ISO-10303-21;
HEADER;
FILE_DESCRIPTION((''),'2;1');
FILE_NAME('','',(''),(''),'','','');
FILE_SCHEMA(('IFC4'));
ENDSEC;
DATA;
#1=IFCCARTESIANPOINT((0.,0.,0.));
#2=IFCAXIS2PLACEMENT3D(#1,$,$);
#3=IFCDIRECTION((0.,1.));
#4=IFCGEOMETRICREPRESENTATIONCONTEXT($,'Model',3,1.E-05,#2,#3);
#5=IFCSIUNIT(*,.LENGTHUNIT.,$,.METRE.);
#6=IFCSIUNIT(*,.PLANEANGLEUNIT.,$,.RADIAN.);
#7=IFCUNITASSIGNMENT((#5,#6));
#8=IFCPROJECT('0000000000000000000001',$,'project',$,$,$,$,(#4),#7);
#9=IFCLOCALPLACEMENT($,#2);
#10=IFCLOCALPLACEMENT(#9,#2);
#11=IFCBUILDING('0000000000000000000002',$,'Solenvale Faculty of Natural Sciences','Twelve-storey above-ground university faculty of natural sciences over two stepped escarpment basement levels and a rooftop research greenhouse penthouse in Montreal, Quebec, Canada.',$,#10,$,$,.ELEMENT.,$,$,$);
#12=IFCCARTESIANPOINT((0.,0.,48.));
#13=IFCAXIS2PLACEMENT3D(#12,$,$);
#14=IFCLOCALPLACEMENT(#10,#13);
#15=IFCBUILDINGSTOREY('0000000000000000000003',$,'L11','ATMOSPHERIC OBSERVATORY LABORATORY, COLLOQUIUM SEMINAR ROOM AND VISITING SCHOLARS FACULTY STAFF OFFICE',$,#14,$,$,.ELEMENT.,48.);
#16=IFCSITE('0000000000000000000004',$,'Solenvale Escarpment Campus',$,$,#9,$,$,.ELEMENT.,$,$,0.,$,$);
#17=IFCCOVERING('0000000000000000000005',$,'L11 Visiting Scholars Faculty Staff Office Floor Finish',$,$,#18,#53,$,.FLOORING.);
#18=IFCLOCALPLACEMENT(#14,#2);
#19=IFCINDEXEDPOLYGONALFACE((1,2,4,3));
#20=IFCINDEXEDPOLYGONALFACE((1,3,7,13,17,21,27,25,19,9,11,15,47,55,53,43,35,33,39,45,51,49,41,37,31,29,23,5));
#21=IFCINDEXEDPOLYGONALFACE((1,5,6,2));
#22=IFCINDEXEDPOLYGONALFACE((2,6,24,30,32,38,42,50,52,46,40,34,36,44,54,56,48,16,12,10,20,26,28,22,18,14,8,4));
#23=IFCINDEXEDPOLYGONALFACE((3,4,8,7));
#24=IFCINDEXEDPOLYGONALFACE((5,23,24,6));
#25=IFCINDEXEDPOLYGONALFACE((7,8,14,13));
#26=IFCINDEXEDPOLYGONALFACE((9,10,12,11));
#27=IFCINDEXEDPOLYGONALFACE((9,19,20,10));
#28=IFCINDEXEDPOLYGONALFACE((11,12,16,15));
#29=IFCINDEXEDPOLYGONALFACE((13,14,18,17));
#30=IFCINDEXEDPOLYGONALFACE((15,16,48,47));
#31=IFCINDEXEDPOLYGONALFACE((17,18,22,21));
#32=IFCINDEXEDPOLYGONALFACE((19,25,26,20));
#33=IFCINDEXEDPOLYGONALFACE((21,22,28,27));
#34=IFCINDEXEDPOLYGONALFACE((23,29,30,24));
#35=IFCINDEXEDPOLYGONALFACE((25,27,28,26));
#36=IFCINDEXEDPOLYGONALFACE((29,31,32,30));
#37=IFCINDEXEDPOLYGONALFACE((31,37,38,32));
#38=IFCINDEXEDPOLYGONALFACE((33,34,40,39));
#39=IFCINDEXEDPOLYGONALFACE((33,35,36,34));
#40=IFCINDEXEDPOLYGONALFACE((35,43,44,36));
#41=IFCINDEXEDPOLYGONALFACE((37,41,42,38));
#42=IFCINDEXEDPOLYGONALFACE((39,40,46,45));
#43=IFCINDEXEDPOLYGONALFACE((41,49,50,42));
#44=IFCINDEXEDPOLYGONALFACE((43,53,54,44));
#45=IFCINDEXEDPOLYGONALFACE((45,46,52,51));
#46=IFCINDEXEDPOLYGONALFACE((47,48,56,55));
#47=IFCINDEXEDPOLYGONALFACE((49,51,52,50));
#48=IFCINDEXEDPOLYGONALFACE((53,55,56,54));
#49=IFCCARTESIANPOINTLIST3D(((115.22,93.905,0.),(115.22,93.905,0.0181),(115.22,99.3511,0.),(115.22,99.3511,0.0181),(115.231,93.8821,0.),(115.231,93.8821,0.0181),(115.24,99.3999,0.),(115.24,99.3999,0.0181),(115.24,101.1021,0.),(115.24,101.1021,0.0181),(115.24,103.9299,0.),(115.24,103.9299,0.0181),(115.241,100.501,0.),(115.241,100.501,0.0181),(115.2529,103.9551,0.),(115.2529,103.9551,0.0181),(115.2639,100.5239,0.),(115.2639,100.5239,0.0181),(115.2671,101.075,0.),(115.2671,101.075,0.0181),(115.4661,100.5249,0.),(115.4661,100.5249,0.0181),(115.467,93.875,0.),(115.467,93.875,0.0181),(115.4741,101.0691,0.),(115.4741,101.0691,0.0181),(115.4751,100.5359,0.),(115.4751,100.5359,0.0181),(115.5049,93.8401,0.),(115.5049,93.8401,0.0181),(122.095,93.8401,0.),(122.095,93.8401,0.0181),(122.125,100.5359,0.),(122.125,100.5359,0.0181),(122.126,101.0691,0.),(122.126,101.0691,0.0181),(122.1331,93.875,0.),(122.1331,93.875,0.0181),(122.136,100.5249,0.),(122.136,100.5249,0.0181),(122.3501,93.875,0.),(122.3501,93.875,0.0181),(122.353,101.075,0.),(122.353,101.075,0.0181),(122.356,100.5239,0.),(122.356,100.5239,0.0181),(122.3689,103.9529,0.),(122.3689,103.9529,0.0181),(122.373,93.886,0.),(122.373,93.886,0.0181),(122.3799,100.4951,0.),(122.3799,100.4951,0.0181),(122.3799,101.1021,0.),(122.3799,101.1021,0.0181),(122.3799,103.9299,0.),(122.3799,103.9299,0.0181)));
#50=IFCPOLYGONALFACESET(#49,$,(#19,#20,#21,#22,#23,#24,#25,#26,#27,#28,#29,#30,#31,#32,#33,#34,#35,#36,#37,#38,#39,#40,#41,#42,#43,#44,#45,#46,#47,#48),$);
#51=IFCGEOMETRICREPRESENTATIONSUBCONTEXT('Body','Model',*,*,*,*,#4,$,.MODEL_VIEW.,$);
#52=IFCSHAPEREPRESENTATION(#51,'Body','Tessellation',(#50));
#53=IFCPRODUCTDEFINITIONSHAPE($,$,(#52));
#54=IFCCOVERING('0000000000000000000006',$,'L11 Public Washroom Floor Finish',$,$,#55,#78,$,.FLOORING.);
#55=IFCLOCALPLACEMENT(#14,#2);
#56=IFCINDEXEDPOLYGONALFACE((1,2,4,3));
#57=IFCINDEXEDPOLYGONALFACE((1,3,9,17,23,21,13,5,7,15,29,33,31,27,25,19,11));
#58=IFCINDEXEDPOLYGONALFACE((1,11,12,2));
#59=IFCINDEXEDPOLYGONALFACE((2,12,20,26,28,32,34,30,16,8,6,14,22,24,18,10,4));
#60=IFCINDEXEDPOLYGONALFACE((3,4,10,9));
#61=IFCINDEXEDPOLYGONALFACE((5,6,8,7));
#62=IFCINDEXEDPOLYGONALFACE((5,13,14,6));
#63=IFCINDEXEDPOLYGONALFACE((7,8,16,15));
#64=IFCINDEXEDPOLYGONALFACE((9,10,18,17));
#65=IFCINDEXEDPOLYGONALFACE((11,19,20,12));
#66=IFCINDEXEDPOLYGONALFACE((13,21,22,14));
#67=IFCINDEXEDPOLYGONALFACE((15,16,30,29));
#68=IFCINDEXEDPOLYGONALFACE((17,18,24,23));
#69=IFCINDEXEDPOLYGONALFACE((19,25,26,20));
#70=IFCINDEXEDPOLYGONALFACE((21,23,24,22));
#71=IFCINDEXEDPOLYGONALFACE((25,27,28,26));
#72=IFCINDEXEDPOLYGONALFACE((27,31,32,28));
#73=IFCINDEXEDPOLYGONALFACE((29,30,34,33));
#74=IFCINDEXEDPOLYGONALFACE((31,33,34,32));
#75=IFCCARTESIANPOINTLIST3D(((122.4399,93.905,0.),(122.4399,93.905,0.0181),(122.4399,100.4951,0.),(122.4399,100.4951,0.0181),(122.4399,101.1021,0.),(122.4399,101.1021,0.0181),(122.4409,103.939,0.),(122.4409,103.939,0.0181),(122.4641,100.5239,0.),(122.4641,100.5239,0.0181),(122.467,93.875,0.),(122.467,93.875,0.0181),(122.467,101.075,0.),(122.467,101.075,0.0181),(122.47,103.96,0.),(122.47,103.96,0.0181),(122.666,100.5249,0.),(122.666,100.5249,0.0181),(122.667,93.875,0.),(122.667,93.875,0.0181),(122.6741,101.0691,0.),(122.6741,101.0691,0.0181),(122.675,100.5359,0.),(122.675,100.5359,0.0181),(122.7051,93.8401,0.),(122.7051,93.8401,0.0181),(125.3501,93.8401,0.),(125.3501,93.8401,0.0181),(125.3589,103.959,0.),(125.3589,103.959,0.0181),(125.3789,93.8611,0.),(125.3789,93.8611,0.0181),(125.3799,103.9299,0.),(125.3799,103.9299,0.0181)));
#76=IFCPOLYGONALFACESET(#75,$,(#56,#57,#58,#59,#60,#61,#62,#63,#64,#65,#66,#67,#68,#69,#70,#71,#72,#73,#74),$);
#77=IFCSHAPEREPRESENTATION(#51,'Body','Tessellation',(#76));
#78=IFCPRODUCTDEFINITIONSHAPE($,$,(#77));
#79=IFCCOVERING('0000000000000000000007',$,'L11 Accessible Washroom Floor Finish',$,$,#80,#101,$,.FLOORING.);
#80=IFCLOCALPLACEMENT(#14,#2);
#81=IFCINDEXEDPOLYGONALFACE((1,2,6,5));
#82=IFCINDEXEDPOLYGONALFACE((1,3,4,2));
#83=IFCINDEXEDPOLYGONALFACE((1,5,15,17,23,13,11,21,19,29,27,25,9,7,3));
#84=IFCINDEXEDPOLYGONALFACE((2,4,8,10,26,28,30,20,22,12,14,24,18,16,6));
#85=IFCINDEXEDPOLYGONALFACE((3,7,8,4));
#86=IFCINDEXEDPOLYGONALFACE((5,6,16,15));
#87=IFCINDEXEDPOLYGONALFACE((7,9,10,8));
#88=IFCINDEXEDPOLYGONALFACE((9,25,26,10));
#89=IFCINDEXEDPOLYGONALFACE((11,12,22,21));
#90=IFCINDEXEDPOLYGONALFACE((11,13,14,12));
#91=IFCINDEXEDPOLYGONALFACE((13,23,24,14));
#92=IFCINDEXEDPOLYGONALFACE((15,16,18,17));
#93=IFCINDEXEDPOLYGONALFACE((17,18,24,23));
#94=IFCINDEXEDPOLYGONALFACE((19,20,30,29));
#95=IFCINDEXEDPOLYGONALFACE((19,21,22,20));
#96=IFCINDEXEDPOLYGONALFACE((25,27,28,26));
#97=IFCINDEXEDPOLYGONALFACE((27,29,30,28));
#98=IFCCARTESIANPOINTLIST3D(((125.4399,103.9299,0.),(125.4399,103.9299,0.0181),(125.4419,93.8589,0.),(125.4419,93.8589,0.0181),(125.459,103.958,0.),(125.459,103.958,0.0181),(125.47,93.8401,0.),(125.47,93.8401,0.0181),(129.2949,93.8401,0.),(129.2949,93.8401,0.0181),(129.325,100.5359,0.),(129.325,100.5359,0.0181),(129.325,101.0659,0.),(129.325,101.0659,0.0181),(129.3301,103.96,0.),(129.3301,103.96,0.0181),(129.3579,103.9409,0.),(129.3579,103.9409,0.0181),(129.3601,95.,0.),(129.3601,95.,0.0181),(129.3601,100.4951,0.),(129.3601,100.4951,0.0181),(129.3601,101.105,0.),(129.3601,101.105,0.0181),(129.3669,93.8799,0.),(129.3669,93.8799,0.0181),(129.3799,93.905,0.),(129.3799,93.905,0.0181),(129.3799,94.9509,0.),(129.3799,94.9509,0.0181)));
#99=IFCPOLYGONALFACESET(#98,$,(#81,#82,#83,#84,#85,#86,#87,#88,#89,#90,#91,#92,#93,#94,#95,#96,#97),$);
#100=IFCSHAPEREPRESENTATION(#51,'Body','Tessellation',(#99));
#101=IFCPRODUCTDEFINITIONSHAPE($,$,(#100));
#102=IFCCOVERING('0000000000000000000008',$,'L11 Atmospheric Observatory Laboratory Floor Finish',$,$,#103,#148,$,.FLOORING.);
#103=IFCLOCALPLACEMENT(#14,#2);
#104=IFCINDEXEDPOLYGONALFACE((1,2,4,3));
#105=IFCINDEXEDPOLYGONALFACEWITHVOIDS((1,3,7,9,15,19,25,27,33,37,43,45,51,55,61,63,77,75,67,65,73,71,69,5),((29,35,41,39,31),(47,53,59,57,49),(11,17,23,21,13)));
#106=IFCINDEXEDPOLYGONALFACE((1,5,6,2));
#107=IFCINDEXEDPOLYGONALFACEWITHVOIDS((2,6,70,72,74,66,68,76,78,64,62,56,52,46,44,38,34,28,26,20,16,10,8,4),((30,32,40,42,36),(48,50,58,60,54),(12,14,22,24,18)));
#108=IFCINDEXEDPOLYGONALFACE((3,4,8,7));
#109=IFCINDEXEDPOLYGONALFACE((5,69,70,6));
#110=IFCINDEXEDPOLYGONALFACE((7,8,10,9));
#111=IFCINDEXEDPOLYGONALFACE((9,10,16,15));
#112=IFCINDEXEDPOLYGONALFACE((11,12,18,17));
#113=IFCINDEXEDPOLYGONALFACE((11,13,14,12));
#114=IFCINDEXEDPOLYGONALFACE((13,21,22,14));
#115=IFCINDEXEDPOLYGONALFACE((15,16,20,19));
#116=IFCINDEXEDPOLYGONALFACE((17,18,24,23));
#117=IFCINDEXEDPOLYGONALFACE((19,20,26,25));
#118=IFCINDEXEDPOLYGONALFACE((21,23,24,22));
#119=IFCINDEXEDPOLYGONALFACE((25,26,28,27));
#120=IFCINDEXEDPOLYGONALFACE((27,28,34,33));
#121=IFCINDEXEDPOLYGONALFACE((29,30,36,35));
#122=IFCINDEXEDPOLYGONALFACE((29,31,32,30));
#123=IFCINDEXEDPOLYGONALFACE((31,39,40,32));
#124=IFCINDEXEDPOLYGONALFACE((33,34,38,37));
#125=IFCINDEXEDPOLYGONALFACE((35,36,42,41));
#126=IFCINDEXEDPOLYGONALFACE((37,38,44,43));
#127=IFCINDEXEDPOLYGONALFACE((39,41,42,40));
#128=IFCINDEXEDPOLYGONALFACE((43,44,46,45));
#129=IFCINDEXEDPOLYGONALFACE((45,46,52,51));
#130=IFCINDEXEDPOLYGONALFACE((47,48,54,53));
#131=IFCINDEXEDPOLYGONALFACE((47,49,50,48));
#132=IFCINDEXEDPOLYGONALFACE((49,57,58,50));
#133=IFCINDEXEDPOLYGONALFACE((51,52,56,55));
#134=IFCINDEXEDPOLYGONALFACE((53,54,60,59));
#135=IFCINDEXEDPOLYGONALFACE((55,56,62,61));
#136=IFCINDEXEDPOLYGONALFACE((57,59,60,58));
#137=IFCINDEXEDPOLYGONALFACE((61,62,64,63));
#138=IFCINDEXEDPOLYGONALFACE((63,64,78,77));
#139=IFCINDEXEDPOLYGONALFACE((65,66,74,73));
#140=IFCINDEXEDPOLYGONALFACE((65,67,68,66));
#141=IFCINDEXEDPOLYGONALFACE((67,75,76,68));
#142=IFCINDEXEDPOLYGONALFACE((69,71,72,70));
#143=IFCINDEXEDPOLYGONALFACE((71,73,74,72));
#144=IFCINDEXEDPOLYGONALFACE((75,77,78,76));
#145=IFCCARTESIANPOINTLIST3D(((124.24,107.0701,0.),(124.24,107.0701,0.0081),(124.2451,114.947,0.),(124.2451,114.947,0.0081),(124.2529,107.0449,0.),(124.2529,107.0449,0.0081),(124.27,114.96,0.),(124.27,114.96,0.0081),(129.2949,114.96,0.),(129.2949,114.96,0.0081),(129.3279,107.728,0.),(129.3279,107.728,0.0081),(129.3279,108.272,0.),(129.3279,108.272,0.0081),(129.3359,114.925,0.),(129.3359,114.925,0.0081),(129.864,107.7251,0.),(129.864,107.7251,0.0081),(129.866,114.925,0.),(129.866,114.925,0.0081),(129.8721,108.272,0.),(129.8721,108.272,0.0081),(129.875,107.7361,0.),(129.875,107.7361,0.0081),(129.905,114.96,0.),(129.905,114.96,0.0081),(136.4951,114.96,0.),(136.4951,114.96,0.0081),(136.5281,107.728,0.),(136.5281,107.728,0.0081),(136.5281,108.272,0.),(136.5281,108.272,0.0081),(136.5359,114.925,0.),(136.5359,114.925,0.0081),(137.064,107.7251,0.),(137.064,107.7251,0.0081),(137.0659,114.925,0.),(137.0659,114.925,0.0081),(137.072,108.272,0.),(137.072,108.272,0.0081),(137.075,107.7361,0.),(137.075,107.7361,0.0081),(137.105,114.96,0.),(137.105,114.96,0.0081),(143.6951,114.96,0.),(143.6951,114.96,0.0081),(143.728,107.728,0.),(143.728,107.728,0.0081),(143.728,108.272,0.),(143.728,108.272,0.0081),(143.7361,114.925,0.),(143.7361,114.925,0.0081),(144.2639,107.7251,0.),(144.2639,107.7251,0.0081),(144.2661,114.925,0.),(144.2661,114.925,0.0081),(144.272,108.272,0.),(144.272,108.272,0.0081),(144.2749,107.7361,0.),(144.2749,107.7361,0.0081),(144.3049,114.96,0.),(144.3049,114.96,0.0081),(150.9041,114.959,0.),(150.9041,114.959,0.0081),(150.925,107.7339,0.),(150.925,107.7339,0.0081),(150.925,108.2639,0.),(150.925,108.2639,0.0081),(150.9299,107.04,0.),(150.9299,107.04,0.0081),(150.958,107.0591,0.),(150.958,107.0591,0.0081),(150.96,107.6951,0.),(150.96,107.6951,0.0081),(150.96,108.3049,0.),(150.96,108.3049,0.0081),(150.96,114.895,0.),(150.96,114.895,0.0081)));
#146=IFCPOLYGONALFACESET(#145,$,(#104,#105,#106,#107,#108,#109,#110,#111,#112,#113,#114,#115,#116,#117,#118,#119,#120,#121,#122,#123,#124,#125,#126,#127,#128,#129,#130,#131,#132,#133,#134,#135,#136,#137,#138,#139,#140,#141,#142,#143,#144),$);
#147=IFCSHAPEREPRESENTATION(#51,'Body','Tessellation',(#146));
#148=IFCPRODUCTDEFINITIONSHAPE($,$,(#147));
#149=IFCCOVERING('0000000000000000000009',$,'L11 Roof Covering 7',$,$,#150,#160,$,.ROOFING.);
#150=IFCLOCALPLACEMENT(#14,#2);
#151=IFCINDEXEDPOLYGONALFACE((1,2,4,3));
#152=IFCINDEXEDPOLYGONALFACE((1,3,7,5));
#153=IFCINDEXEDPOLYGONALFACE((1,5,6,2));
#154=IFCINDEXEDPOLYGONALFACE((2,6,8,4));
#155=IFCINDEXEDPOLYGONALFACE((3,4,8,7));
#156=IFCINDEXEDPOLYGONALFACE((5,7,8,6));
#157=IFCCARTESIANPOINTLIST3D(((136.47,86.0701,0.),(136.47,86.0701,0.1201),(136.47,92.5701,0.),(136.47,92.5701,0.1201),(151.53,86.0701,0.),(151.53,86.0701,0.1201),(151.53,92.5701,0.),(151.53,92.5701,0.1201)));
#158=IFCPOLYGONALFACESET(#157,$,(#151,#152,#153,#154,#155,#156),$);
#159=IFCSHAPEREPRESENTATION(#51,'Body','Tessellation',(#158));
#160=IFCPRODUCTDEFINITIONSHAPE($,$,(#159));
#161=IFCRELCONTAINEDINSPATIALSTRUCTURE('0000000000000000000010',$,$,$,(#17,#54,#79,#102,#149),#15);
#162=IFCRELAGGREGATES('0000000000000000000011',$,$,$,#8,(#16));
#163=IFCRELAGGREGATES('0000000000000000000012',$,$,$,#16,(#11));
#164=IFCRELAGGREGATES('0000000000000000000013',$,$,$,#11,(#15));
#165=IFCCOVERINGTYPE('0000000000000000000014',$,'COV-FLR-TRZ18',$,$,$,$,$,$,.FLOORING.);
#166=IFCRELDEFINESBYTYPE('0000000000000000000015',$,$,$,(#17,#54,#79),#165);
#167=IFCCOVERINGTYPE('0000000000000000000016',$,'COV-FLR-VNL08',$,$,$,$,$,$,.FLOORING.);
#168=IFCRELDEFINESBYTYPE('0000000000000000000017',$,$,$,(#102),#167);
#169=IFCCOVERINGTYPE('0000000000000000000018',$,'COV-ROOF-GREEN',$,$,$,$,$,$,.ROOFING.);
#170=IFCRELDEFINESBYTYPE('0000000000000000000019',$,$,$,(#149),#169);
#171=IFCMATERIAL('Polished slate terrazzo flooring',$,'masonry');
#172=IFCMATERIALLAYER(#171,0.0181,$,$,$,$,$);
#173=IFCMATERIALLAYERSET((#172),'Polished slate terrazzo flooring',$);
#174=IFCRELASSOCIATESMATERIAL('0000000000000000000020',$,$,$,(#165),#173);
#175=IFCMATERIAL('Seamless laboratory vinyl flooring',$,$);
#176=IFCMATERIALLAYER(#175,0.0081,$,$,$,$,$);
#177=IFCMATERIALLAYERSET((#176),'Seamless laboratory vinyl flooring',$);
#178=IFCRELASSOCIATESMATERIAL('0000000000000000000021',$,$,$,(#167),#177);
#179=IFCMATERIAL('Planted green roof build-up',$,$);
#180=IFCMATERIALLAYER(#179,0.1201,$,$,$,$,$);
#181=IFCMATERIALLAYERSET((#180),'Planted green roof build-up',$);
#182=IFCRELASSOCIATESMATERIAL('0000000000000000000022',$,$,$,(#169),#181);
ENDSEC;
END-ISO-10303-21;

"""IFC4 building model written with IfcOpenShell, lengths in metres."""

from ifc_helpers import new_model, si_unit, direction, frame, origin, place, context, subcontext, project, spatial, polyline, outline, extrude, material, layer, layer_set, type_object, element, save


model = new_model("IFC4")

# Units and contexts
model_context = context("Model", 3, precision=1e-05, world=origin(), true_north=direction((0.0, 1.0)))
body_context = subcontext(model_context, "Body", "Model", "MODEL_VIEW")
ifc_project = project(units=[si_unit("LENGTHUNIT", "METRE"), si_unit("PLANEANGLEUNIT", "RADIAN")], contexts=[model_context])

# Site, building, storey
site_placement = place(None, origin())
site = spatial("IfcSite", under=ifc_project, at=site_placement, Name="Solenvale Escarpment Campus", CompositionType="ELEMENT", RefElevation=0.0)
building_placement = place(site_placement, origin())
building = spatial("IfcBuilding", under=site, at=building_placement, Name="Solenvale Faculty of Natural Sciences", Description="Twelve-storey above-ground university faculty of natural sciences over two stepped escarpment basement levels and a rooftop research greenhouse penthouse in Montreal, Quebec, Canada.", CompositionType="ELEMENT")
storey_placement = place(building_placement, frame((0.0, 0.0, 48.0)))
storey = spatial("IfcBuildingStorey", under=building, at=storey_placement, Name="L11", Description="ATMOSPHERIC OBSERVATORY LABORATORY, COLLOQUIUM SEMINAR ROOM AND VISITING SCHOLARS FACULTY STAFF OFFICE", CompositionType="ELEMENT", Elevation=48.0)

# Coverings
ifc_material_1 = material(Name="Polished slate terrazzo flooring", Category="masonry")
ifc_layer_1 = layer(ifc_material_1, 0.0181)
ifc_layer_set_1 = layer_set([ifc_layer_1], Name="Polished slate terrazzo flooring")
covering_type_1 = type_object("IfcCoveringType", Name="COV-FLR-TRZ18", PredefinedType="FLOORING", material=ifc_layer_set_1)
covering_1_placement = place(storey_placement, origin())
element("IfcCovering", 1, at=covering_1_placement, inside=storey, type_object=covering_type_1, Name="L11 Visiting Scholars Faculty Staff Office Floor Finish", PredefinedType="FLOORING", context=body_context, shape_type="SweptSolid", body=[
    extrude(outline(polyline([(115.22, 99.3511), (115.24, 99.3999), (115.241, 100.501), (115.2639, 100.5239), (115.4661, 100.5249), (115.4751, 100.5359), (115.4741, 101.0691), (115.2671, 101.075), (115.24, 101.1021), (115.24, 103.9299), (115.2529, 103.9551), (122.3689, 103.9529), (122.3799, 103.9299), (122.3799, 101.1021), (122.353, 101.075), (122.126, 101.0691), (122.125, 100.5359), (122.136, 100.5249), (122.356, 100.5239), (122.3799, 100.4951), (122.373, 93.886), (122.3501, 93.875), (122.1331, 93.875), (122.095, 93.8401), (115.5049, 93.8401), (115.467, 93.875), (115.231, 93.8821), (115.22, 93.905), (115.22, 99.3511)])), origin(), (0.0, 0.0, 1.0), 0.0181),
])
covering_2_placement = place(storey_placement, origin())
element("IfcCovering", 2, at=covering_2_placement, inside=storey, type_object=covering_type_1, Name="L11 Public Washroom Floor Finish", PredefinedType="FLOORING", context=body_context, shape_type="SweptSolid", body=[
    extrude(outline(polyline([(122.7051, 93.8401), (122.667, 93.875), (122.467, 93.875), (122.4399, 93.905), (122.4399, 100.4951), (122.4641, 100.5239), (122.666, 100.5249), (122.675, 100.5359), (122.6741, 101.0691), (122.467, 101.075), (122.4399, 101.1021), (122.4409, 103.939), (122.47, 103.96), (125.3589, 103.959), (125.3799, 103.9299), (125.3789, 93.8611), (125.3501, 93.8401), (122.7051, 93.8401)])), origin(), (0.0, 0.0, 1.0), 0.0181),
])
covering_3_placement = place(storey_placement, origin())
element("IfcCovering", 3, at=covering_3_placement, inside=storey, type_object=covering_type_1, Name="L11 Accessible Washroom Floor Finish", PredefinedType="FLOORING", context=body_context, shape_type="SweptSolid", body=[
    extrude(outline(polyline([(129.3669, 93.8799), (129.2949, 93.8401), (125.47, 93.8401), (125.4419, 93.8589), (125.4399, 103.9299), (125.459, 103.958), (129.3301, 103.96), (129.3579, 103.9409), (129.3601, 101.105), (129.325, 101.0659), (129.325, 100.5359), (129.3601, 100.4951), (129.3601, 95.0), (129.3799, 94.9509), (129.3799, 93.905), (129.3669, 93.8799)])), origin(), (0.0, 0.0, 1.0), 0.0181),
])
ifc_material_2 = material(Name="Seamless laboratory vinyl flooring")
ifc_layer_2 = layer(ifc_material_2, 0.0081)
ifc_layer_set_2 = layer_set([ifc_layer_2], Name="Seamless laboratory vinyl flooring")
covering_type_2 = type_object("IfcCoveringType", Name="COV-FLR-VNL08", PredefinedType="FLOORING", material=ifc_layer_set_2)
covering_4_placement = place(storey_placement, origin())
element("IfcCovering", 4, at=covering_4_placement, inside=storey, type_object=covering_type_2, Name="L11 Atmospheric Observatory Laboratory Floor Finish", PredefinedType="FLOORING", context=body_context, shape_type="SweptSolid", body=[
    extrude(outline(polyline([(129.2949, 114.96), (129.3359, 114.925), (129.866, 114.925), (129.905, 114.96), (136.4951, 114.96), (136.5359, 114.925), (137.0659, 114.925), (137.105, 114.96), (143.6951, 114.96), (143.7361, 114.925), (144.2661, 114.925), (144.3049, 114.96), (150.9041, 114.959), (150.96, 114.895), (150.96, 108.3049), (150.925, 108.2639), (150.925, 107.7339), (150.96, 107.6951), (150.958, 107.0591), (150.9299, 107.04), (124.2529, 107.0449), (124.24, 107.0701), (124.2451, 114.947), (124.27, 114.96), (129.2949, 114.96)]), holes=[polyline([(144.2639, 107.7251), (144.2749, 107.7361), (144.272, 108.272), (143.728, 108.272), (143.728, 107.728), (144.2639, 107.7251)]), polyline([(137.064, 107.7251), (137.075, 107.7361), (137.072, 108.272), (136.5281, 108.272), (136.5281, 107.728), (137.064, 107.7251)]), polyline([(129.864, 107.7251), (129.875, 107.7361), (129.8721, 108.272), (129.3279, 108.272), (129.3279, 107.728), (129.864, 107.7251)])]), origin(), (0.0, 0.0, 1.0), 0.0081),
])
ifc_material_3 = material(Name="Planted green roof build-up")
ifc_layer_3 = layer(ifc_material_3, 0.1201)
ifc_layer_set_3 = layer_set([ifc_layer_3], Name="Planted green roof build-up")
covering_type_3 = type_object("IfcCoveringType", Name="COV-ROOF-GREEN", PredefinedType="ROOFING", material=ifc_layer_set_3)
covering_5_placement = place(storey_placement, origin())
element("IfcCovering", 5, at=covering_5_placement, inside=storey, type_object=covering_type_3, Name="L11 Roof Covering 7", PredefinedType="ROOFING", context=body_context, shape_type="SweptSolid", body=[
    extrude(outline(polyline([(136.47, 86.0701), (136.47, 92.5701), (151.53, 92.5701), (151.53, 86.0701), (136.47, 86.0701)])), origin(), (0.0, 0.0, 1.0), 0.1201),
])

save(model, "model.ifc")
